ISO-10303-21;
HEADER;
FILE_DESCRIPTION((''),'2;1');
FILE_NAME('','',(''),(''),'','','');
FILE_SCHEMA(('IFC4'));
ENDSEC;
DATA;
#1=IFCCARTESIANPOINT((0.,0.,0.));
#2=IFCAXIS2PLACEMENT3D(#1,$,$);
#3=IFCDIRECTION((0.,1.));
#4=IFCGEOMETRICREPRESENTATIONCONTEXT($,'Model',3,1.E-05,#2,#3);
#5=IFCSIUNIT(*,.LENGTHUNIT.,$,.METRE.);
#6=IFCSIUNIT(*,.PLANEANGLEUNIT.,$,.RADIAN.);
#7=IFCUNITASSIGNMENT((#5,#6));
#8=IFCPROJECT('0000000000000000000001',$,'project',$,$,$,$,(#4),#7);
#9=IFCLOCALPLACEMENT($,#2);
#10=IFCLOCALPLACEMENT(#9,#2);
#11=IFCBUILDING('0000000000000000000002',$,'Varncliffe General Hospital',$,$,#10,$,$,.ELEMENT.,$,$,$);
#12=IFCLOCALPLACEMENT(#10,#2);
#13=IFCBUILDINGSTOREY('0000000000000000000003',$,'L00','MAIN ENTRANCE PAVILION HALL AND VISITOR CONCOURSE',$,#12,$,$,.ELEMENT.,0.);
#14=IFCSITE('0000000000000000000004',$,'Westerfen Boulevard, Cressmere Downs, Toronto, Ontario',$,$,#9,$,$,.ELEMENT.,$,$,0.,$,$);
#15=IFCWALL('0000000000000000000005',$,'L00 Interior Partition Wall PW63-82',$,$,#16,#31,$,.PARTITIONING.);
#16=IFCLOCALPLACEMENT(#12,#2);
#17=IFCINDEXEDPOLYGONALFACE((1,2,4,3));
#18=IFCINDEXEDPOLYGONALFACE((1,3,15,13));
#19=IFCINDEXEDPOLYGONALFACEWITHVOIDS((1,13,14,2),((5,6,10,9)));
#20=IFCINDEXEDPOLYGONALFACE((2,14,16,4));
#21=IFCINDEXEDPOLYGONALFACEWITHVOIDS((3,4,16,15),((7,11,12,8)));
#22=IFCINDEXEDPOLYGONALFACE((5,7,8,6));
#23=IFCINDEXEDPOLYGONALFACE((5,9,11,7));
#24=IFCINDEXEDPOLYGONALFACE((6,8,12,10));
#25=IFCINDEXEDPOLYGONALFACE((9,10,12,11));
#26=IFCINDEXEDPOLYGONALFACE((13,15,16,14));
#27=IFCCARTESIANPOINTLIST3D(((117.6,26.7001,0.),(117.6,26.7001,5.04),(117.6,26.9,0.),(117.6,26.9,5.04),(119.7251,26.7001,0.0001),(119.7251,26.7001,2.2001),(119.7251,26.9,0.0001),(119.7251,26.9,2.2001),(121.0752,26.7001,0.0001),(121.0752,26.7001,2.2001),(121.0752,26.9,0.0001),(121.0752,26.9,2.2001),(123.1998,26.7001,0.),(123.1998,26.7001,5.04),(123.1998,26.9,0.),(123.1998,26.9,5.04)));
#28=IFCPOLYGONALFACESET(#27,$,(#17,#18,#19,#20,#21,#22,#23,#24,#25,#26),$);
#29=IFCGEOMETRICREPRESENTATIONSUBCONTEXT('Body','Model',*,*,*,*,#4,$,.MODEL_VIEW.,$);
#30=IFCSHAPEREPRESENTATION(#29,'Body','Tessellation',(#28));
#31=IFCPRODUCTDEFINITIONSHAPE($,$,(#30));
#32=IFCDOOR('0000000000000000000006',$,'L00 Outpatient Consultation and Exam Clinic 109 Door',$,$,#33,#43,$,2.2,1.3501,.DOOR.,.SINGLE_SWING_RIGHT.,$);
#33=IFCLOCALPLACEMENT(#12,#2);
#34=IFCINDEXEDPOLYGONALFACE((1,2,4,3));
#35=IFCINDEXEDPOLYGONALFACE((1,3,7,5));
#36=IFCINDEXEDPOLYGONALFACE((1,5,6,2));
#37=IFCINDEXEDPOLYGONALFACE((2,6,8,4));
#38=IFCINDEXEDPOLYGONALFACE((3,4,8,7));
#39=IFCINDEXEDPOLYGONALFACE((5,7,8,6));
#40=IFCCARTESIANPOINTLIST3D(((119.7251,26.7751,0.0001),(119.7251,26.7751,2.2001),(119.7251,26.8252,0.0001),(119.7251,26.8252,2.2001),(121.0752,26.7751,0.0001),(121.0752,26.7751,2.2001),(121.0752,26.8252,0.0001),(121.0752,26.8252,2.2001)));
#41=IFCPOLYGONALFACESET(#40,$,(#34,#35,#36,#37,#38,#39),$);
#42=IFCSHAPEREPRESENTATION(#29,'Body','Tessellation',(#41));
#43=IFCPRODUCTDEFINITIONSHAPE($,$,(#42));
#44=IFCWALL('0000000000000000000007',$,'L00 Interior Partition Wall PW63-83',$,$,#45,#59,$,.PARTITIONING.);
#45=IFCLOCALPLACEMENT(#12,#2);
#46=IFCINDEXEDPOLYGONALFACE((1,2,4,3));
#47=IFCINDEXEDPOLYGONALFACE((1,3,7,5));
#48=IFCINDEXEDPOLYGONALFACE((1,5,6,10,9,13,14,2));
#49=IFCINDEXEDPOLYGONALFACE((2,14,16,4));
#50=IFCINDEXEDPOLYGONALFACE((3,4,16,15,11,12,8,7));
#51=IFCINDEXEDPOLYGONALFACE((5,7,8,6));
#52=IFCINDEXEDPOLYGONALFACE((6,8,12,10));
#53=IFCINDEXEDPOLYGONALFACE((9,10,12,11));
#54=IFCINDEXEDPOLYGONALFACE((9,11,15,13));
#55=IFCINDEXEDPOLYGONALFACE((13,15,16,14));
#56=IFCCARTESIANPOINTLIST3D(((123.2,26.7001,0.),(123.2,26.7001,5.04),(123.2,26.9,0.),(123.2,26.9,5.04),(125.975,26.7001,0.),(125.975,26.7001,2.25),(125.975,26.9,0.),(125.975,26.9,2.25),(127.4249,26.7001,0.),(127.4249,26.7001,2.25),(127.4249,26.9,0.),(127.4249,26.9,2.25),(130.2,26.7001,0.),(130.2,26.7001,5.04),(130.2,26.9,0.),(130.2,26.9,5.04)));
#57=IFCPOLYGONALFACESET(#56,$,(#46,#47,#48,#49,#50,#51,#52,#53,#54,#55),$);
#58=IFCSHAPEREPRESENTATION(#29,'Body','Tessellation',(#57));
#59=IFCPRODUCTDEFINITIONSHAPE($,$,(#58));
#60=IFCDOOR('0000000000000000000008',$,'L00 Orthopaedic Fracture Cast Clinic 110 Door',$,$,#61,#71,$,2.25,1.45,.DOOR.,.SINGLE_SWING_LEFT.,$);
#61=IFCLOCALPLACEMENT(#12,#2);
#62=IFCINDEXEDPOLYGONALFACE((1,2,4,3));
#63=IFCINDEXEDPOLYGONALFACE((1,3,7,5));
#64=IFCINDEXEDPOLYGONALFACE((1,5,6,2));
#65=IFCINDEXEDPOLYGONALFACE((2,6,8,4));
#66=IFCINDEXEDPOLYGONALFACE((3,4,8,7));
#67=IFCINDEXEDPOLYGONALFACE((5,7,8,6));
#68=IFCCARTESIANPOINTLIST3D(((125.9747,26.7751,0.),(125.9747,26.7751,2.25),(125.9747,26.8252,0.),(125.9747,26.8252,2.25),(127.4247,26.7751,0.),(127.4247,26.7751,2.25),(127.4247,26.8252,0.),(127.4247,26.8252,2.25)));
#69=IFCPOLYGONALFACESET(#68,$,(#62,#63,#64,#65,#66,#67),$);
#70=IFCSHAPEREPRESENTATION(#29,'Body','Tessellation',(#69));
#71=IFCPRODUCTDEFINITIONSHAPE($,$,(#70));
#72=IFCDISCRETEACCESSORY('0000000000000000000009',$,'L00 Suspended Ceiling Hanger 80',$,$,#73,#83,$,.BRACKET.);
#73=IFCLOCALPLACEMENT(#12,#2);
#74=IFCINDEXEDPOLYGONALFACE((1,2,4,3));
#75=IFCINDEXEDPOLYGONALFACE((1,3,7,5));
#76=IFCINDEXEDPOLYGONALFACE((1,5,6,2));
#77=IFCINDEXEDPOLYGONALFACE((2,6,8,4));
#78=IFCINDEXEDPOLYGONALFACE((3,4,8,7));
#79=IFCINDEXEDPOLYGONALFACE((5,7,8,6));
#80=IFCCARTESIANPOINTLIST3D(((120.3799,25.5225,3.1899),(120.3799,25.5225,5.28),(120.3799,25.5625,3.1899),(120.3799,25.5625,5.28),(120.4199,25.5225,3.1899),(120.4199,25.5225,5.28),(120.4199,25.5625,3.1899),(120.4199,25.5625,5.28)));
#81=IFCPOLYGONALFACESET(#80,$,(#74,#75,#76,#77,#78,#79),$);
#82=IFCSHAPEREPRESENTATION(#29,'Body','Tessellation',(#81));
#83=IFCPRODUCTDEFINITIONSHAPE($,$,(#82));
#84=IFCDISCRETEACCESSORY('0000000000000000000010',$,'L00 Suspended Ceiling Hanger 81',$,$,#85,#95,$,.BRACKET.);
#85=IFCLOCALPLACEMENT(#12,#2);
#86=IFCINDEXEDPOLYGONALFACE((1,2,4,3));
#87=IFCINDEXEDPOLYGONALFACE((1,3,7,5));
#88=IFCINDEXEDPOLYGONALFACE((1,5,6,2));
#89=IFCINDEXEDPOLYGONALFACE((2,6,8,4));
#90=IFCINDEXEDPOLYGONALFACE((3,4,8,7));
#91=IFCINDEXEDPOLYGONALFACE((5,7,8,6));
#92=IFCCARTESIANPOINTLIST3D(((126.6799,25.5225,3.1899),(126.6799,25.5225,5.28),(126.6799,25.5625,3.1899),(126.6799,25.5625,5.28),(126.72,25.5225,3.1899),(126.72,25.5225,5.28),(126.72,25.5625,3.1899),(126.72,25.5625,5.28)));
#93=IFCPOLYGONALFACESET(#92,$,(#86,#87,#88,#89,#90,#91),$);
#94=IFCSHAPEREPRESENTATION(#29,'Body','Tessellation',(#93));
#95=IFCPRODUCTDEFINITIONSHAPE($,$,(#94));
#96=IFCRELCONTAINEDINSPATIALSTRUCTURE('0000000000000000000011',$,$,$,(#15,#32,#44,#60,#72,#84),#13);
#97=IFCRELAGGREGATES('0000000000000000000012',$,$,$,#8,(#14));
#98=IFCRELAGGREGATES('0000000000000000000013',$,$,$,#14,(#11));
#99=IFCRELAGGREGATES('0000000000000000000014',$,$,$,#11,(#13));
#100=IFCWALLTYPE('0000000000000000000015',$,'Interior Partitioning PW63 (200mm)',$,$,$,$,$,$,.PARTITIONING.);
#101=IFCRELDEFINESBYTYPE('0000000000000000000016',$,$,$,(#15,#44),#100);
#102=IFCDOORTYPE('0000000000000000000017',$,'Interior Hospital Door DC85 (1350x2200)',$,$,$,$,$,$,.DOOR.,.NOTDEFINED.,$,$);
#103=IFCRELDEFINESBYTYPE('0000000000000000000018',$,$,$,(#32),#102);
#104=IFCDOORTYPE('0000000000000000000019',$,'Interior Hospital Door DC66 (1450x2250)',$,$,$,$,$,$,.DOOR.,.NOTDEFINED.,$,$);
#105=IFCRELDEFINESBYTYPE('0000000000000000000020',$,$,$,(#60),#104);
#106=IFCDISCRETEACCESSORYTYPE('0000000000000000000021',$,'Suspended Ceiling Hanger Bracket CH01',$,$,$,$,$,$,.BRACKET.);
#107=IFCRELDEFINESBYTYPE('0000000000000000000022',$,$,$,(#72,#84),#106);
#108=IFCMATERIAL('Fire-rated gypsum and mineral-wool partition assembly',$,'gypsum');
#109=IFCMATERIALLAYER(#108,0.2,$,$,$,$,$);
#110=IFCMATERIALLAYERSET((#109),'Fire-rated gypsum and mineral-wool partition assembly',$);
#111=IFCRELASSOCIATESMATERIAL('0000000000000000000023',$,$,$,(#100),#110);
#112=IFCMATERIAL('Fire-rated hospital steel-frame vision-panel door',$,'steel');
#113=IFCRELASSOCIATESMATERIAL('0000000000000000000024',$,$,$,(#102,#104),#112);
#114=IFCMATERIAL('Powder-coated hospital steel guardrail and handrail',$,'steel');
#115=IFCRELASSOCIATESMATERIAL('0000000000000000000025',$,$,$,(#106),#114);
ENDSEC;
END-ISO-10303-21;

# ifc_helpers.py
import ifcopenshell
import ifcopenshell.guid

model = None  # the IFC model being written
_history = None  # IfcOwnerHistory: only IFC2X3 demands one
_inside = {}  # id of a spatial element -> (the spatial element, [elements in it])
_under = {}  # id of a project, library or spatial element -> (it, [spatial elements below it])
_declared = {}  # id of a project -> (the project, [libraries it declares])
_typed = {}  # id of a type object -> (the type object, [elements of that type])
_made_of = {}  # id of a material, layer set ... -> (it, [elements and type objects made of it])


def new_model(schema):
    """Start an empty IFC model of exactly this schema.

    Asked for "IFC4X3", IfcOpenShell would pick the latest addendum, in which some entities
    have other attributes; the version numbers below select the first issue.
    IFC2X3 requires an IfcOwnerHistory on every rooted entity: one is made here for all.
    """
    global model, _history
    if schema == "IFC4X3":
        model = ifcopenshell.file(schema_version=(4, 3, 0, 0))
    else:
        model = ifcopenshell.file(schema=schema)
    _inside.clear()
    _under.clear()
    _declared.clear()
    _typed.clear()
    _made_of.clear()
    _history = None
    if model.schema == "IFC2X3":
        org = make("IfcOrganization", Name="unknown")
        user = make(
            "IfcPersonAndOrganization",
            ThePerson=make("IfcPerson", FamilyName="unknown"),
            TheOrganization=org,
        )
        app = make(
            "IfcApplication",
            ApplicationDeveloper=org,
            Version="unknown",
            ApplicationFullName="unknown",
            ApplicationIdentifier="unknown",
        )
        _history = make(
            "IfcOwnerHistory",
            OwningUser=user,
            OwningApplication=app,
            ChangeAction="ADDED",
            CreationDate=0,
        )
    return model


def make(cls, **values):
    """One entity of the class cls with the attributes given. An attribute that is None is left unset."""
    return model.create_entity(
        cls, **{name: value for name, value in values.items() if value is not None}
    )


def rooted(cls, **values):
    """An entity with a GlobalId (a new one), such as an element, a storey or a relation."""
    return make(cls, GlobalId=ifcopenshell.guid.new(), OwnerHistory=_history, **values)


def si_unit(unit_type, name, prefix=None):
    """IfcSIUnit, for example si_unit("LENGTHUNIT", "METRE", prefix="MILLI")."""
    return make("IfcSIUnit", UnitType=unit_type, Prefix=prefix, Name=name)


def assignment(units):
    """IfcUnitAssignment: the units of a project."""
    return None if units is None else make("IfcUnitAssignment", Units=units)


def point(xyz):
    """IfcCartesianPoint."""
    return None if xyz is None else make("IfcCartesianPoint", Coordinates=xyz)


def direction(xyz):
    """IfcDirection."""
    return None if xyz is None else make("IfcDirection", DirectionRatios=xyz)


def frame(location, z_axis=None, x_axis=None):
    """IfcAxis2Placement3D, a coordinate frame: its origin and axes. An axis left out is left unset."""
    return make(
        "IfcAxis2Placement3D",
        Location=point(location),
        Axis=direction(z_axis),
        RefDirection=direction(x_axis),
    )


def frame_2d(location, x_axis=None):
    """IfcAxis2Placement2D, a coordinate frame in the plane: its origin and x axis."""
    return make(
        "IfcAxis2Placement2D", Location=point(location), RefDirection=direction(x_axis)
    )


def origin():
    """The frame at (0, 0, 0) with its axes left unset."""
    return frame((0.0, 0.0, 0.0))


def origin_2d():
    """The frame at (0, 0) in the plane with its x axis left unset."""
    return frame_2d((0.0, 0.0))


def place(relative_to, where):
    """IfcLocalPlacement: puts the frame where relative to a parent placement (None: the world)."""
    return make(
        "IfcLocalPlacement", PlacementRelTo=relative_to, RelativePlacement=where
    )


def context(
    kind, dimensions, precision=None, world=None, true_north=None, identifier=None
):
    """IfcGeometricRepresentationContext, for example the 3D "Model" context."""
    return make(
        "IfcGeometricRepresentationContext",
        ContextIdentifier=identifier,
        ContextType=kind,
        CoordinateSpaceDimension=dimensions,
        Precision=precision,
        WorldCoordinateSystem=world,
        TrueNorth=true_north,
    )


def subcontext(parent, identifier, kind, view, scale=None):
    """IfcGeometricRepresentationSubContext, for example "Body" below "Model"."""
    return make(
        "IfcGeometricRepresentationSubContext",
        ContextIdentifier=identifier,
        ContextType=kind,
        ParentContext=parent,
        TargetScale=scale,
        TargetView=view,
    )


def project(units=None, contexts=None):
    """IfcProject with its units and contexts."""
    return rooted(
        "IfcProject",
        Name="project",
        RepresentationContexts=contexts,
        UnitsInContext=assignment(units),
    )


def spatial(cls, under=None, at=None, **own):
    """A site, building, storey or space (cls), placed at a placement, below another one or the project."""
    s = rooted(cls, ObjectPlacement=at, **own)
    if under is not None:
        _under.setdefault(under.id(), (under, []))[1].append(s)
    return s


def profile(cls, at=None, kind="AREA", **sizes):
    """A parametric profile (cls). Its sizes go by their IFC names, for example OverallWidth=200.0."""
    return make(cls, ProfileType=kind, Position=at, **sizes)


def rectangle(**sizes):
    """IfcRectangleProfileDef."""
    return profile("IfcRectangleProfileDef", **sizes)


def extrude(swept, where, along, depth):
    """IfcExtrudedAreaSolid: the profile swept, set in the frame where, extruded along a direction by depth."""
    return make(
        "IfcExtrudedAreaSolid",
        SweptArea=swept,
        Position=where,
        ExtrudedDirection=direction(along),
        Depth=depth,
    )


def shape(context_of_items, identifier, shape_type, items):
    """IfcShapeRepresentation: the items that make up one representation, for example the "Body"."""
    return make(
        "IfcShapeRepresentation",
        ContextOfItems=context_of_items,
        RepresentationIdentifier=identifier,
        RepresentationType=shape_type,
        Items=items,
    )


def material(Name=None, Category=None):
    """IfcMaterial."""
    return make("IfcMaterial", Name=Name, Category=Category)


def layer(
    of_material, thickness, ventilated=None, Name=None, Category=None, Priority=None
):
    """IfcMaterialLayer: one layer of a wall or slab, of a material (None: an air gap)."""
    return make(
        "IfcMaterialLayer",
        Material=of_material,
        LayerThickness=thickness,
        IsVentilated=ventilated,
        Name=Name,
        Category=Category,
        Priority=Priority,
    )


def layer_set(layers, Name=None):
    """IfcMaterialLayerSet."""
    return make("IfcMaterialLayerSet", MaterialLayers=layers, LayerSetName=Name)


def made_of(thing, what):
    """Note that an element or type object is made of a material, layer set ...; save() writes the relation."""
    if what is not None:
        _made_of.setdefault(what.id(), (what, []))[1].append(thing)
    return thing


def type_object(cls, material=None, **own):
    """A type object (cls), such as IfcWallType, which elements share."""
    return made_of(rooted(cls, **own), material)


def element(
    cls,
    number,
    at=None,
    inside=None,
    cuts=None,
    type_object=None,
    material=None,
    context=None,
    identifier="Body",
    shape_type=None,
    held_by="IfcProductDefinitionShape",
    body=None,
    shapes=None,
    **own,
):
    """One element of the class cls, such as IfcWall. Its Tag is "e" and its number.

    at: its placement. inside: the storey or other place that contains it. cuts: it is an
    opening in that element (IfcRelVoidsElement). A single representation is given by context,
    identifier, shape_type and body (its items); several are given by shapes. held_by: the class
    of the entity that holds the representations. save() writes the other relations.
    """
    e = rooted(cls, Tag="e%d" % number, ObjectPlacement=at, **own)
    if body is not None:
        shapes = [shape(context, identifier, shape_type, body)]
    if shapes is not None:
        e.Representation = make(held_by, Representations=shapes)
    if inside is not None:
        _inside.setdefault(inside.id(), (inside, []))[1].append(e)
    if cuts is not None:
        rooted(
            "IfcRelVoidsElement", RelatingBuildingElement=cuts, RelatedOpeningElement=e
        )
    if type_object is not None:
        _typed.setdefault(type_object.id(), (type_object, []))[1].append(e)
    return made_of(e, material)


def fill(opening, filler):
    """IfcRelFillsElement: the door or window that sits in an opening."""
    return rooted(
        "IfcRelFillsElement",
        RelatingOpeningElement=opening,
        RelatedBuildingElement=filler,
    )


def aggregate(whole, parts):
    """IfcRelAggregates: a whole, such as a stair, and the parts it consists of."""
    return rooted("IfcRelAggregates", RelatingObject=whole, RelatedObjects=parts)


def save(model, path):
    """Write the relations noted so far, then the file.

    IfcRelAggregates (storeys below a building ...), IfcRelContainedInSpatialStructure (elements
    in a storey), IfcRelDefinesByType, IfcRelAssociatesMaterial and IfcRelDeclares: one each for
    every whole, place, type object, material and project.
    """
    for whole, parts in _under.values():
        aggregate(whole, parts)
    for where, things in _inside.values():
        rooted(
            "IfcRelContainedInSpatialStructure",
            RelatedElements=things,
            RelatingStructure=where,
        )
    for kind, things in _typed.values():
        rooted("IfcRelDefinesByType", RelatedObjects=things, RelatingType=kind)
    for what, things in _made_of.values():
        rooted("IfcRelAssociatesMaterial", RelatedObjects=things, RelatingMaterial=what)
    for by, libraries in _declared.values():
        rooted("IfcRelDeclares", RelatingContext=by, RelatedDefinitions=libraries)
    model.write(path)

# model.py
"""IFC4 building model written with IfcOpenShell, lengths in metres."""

from ifc_helpers import new_model, si_unit, direction, frame, frame_2d, origin, origin_2d, place, context, subcontext, project, spatial, rectangle, extrude, material, layer, layer_set, type_object, element, fill, save


model = new_model("IFC4")

# Units and contexts
model_context = context("Model", 3, precision=1e-05, world=origin(), true_north=direction((0.0, 1.0)))
body_context = subcontext(model_context, "Body", "Model", "MODEL_VIEW")
ifc_project = project(units=[si_unit("LENGTHUNIT", "METRE"), si_unit("PLANEANGLEUNIT", "RADIAN")], contexts=[model_context])

# Site, building, storey
site_placement = place(None, origin())
site = spatial("IfcSite", under=ifc_project, at=site_placement, Name="Westerfen Boulevard, Cressmere Downs, Toronto, Ontario", CompositionType="ELEMENT", RefElevation=0.0)
building_placement = place(site_placement, origin())
building = spatial("IfcBuilding", under=site, at=building_placement, Name="Varncliffe General Hospital", CompositionType="ELEMENT")
storey_placement = place(building_placement, origin())
storey = spatial("IfcBuildingStorey", under=building, at=storey_placement, Name="L00", Description="MAIN ENTRANCE PAVILION HALL AND VISITOR CONCOURSE", CompositionType="ELEMENT", Elevation=0.0)

# Walls, openings, doors
ifc_material_1 = material(Name="Fire-rated gypsum and mineral-wool partition assembly", Category="gypsum")
ifc_layer_1 = layer(ifc_material_1, 0.2)
ifc_layer_set_1 = layer_set([ifc_layer_1], Name="Fire-rated gypsum and mineral-wool partition assembly")
wall_type_1 = type_object("IfcWallType", Name="Interior Partitioning PW63 (200mm)", PredefinedType="PARTITIONING", material=ifc_layer_set_1)
wall_1_placement = place(storey_placement, frame((117.6001, 26.8, 0.0), z_axis=(0.0, 0.0, 1.0), x_axis=(1.0, 0.0, 0.0)))
wall_1 = element("IfcWall", 1, at=wall_1_placement, inside=storey, type_object=wall_type_1, Name="L00 Interior Partition Wall PW63-82", PredefinedType="PARTITIONING", context=body_context, shape_type="SweptSolid", body=[
    extrude(rectangle(XDim=5.5999, YDim=0.2, at=frame_2d((2.7998, 0.0))), origin(), (0.0, 0.0, 1.0), 5.04),
])
opening_1_placement = place(wall_1_placement, frame((2.125, 0.0, 0.0)))
opening_1 = element("IfcOpeningElement", 2, at=opening_1_placement, cuts=wall_1, PredefinedType="OPENING", context=body_context, shape_type="SweptSolid", body=[
    extrude(rectangle(XDim=1.3501, YDim=2.2, at=frame_2d((0.675, 1.1001))), frame((0.0, 0.1099, 0.0), z_axis=(0.0, -1.0, 0.0), x_axis=(1.0, 0.0, 0.0)), (0.0, 0.0, 1.0), 0.22),
])
ifc_material_2 = material(Name="Fire-rated hospital steel-frame vision-panel door", Category="steel")
door_type_1 = type_object("IfcDoorType", Name="Interior Hospital Door DC85 (1350x2200)", OperationType="NOTDEFINED", PredefinedType="DOOR", material=ifc_material_2)
door_1_placement = place(opening_1_placement, frame((1.3501, 0.0, 0.0), z_axis=(0.0, 0.0, 1.0), x_axis=(-1.0, 0.0, 0.0)))
door_1 = element("IfcDoor", 3, at=door_1_placement, inside=storey, type_object=door_type_1, Name="L00 Outpatient Consultation and Exam Clinic 109 Door", OperationType="SINGLE_SWING_RIGHT", OverallHeight=2.2, OverallWidth=1.3501, PredefinedType="DOOR", context=body_context, shape_type="SweptSolid", body=[
    extrude(rectangle(XDim=1.3501, YDim=2.2, at=frame_2d((0.675, 1.1001))), frame((0.0, 0.0249, 0.0), z_axis=(0.0, -1.0, 0.0), x_axis=(1.0, 0.0, 0.0)), (0.0, 0.0, 1.0), 0.05),
])
fill(opening_1, door_1)
wall_2_placement = place(storey_placement, frame((123.2, 26.8, 0.0), z_axis=(0.0, 0.0, 1.0), x_axis=(1.0, 0.0, 0.0)))
wall_2 = element("IfcWall", 4, at=wall_2_placement, inside=storey, type_object=wall_type_1, Name="L00 Interior Partition Wall PW63-83", PredefinedType="PARTITIONING", context=body_context, shape_type="SweptSolid", body=[
    extrude(rectangle(XDim=7.0, YDim=0.2, at=frame_2d((3.5, 0.0))), origin(), (0.0, 0.0, 1.0), 5.04),
])
opening_2_placement = place(wall_2_placement, frame((2.7749, 0.0, 0.0)))
opening_2 = element("IfcOpeningElement", 5, at=opening_2_placement, cuts=wall_2, PredefinedType="OPENING", context=body_context, shape_type="SweptSolid", body=[
    extrude(rectangle(XDim=1.45, YDim=2.25, at=frame_2d((0.7251, 1.125))), frame((0.0, 0.1099, 0.0), z_axis=(0.0, -1.0, 0.0), x_axis=(1.0, 0.0, 0.0)), (0.0, 0.0, 1.0), 0.22),
])
door_type_2 = type_object("IfcDoorType", Name="Interior Hospital Door DC66 (1450x2250)", OperationType="NOTDEFINED", PredefinedType="DOOR", material=ifc_material_2)
door_2_placement = place(opening_2_placement, frame((1.45, 0.0, 0.0), z_axis=(0.0, 0.0, 1.0), x_axis=(-1.0, 0.0, 0.0)))
door_2 = element("IfcDoor", 6, at=door_2_placement, inside=storey, type_object=door_type_2, Name="L00 Orthopaedic Fracture Cast Clinic 110 Door", OperationType="SINGLE_SWING_LEFT", OverallHeight=2.25, OverallWidth=1.45, PredefinedType="DOOR", context=body_context, shape_type="SweptSolid", body=[
    extrude(rectangle(XDim=1.45, YDim=2.25, at=frame_2d((0.7251, 1.125))), frame((0.0, 0.0249, 0.0), z_axis=(0.0, -1.0, 0.0), x_axis=(1.0, 0.0, 0.0)), (0.0, 0.0, 1.0), 0.05),
])
fill(opening_2, door_2)

# Discrete accessories
ifc_material_3 = material(Name="Powder-coated hospital steel guardrail and handrail", Category="steel")
discrete_accessory_type = type_object("IfcDiscreteAccessoryType", Name="Suspended Ceiling Hanger Bracket CH01", PredefinedType="BRACKET", material=ifc_material_3)
for number, where, z_axis, x_axis, name in (
    (7, (120.3999, 25.5425, 3.1899), (0.0, 0.0, 1.0), (1.0, 0.0, 0.0), "L00 Suspended Ceiling Hanger 80"),
    (8, (126.7, 25.5425, 3.1899), (0.0, 0.0, 1.0), (1.0, 0.0, 0.0), "L00 Suspended Ceiling Hanger 81"),
):
    element("IfcDiscreteAccessory", number, at=place(storey_placement, frame(where, z_axis=z_axis, x_axis=x_axis)), inside=storey, type_object=discrete_accessory_type, Name=name, PredefinedType="BRACKET", context=body_context, shape_type="SweptSolid", body=[
        extrude(rectangle(XDim=0.04, YDim=0.04, at=origin_2d()), origin(), (0.0, 0.0, 1.0), 2.0901),
    ])

save(model, "model.ifc")
